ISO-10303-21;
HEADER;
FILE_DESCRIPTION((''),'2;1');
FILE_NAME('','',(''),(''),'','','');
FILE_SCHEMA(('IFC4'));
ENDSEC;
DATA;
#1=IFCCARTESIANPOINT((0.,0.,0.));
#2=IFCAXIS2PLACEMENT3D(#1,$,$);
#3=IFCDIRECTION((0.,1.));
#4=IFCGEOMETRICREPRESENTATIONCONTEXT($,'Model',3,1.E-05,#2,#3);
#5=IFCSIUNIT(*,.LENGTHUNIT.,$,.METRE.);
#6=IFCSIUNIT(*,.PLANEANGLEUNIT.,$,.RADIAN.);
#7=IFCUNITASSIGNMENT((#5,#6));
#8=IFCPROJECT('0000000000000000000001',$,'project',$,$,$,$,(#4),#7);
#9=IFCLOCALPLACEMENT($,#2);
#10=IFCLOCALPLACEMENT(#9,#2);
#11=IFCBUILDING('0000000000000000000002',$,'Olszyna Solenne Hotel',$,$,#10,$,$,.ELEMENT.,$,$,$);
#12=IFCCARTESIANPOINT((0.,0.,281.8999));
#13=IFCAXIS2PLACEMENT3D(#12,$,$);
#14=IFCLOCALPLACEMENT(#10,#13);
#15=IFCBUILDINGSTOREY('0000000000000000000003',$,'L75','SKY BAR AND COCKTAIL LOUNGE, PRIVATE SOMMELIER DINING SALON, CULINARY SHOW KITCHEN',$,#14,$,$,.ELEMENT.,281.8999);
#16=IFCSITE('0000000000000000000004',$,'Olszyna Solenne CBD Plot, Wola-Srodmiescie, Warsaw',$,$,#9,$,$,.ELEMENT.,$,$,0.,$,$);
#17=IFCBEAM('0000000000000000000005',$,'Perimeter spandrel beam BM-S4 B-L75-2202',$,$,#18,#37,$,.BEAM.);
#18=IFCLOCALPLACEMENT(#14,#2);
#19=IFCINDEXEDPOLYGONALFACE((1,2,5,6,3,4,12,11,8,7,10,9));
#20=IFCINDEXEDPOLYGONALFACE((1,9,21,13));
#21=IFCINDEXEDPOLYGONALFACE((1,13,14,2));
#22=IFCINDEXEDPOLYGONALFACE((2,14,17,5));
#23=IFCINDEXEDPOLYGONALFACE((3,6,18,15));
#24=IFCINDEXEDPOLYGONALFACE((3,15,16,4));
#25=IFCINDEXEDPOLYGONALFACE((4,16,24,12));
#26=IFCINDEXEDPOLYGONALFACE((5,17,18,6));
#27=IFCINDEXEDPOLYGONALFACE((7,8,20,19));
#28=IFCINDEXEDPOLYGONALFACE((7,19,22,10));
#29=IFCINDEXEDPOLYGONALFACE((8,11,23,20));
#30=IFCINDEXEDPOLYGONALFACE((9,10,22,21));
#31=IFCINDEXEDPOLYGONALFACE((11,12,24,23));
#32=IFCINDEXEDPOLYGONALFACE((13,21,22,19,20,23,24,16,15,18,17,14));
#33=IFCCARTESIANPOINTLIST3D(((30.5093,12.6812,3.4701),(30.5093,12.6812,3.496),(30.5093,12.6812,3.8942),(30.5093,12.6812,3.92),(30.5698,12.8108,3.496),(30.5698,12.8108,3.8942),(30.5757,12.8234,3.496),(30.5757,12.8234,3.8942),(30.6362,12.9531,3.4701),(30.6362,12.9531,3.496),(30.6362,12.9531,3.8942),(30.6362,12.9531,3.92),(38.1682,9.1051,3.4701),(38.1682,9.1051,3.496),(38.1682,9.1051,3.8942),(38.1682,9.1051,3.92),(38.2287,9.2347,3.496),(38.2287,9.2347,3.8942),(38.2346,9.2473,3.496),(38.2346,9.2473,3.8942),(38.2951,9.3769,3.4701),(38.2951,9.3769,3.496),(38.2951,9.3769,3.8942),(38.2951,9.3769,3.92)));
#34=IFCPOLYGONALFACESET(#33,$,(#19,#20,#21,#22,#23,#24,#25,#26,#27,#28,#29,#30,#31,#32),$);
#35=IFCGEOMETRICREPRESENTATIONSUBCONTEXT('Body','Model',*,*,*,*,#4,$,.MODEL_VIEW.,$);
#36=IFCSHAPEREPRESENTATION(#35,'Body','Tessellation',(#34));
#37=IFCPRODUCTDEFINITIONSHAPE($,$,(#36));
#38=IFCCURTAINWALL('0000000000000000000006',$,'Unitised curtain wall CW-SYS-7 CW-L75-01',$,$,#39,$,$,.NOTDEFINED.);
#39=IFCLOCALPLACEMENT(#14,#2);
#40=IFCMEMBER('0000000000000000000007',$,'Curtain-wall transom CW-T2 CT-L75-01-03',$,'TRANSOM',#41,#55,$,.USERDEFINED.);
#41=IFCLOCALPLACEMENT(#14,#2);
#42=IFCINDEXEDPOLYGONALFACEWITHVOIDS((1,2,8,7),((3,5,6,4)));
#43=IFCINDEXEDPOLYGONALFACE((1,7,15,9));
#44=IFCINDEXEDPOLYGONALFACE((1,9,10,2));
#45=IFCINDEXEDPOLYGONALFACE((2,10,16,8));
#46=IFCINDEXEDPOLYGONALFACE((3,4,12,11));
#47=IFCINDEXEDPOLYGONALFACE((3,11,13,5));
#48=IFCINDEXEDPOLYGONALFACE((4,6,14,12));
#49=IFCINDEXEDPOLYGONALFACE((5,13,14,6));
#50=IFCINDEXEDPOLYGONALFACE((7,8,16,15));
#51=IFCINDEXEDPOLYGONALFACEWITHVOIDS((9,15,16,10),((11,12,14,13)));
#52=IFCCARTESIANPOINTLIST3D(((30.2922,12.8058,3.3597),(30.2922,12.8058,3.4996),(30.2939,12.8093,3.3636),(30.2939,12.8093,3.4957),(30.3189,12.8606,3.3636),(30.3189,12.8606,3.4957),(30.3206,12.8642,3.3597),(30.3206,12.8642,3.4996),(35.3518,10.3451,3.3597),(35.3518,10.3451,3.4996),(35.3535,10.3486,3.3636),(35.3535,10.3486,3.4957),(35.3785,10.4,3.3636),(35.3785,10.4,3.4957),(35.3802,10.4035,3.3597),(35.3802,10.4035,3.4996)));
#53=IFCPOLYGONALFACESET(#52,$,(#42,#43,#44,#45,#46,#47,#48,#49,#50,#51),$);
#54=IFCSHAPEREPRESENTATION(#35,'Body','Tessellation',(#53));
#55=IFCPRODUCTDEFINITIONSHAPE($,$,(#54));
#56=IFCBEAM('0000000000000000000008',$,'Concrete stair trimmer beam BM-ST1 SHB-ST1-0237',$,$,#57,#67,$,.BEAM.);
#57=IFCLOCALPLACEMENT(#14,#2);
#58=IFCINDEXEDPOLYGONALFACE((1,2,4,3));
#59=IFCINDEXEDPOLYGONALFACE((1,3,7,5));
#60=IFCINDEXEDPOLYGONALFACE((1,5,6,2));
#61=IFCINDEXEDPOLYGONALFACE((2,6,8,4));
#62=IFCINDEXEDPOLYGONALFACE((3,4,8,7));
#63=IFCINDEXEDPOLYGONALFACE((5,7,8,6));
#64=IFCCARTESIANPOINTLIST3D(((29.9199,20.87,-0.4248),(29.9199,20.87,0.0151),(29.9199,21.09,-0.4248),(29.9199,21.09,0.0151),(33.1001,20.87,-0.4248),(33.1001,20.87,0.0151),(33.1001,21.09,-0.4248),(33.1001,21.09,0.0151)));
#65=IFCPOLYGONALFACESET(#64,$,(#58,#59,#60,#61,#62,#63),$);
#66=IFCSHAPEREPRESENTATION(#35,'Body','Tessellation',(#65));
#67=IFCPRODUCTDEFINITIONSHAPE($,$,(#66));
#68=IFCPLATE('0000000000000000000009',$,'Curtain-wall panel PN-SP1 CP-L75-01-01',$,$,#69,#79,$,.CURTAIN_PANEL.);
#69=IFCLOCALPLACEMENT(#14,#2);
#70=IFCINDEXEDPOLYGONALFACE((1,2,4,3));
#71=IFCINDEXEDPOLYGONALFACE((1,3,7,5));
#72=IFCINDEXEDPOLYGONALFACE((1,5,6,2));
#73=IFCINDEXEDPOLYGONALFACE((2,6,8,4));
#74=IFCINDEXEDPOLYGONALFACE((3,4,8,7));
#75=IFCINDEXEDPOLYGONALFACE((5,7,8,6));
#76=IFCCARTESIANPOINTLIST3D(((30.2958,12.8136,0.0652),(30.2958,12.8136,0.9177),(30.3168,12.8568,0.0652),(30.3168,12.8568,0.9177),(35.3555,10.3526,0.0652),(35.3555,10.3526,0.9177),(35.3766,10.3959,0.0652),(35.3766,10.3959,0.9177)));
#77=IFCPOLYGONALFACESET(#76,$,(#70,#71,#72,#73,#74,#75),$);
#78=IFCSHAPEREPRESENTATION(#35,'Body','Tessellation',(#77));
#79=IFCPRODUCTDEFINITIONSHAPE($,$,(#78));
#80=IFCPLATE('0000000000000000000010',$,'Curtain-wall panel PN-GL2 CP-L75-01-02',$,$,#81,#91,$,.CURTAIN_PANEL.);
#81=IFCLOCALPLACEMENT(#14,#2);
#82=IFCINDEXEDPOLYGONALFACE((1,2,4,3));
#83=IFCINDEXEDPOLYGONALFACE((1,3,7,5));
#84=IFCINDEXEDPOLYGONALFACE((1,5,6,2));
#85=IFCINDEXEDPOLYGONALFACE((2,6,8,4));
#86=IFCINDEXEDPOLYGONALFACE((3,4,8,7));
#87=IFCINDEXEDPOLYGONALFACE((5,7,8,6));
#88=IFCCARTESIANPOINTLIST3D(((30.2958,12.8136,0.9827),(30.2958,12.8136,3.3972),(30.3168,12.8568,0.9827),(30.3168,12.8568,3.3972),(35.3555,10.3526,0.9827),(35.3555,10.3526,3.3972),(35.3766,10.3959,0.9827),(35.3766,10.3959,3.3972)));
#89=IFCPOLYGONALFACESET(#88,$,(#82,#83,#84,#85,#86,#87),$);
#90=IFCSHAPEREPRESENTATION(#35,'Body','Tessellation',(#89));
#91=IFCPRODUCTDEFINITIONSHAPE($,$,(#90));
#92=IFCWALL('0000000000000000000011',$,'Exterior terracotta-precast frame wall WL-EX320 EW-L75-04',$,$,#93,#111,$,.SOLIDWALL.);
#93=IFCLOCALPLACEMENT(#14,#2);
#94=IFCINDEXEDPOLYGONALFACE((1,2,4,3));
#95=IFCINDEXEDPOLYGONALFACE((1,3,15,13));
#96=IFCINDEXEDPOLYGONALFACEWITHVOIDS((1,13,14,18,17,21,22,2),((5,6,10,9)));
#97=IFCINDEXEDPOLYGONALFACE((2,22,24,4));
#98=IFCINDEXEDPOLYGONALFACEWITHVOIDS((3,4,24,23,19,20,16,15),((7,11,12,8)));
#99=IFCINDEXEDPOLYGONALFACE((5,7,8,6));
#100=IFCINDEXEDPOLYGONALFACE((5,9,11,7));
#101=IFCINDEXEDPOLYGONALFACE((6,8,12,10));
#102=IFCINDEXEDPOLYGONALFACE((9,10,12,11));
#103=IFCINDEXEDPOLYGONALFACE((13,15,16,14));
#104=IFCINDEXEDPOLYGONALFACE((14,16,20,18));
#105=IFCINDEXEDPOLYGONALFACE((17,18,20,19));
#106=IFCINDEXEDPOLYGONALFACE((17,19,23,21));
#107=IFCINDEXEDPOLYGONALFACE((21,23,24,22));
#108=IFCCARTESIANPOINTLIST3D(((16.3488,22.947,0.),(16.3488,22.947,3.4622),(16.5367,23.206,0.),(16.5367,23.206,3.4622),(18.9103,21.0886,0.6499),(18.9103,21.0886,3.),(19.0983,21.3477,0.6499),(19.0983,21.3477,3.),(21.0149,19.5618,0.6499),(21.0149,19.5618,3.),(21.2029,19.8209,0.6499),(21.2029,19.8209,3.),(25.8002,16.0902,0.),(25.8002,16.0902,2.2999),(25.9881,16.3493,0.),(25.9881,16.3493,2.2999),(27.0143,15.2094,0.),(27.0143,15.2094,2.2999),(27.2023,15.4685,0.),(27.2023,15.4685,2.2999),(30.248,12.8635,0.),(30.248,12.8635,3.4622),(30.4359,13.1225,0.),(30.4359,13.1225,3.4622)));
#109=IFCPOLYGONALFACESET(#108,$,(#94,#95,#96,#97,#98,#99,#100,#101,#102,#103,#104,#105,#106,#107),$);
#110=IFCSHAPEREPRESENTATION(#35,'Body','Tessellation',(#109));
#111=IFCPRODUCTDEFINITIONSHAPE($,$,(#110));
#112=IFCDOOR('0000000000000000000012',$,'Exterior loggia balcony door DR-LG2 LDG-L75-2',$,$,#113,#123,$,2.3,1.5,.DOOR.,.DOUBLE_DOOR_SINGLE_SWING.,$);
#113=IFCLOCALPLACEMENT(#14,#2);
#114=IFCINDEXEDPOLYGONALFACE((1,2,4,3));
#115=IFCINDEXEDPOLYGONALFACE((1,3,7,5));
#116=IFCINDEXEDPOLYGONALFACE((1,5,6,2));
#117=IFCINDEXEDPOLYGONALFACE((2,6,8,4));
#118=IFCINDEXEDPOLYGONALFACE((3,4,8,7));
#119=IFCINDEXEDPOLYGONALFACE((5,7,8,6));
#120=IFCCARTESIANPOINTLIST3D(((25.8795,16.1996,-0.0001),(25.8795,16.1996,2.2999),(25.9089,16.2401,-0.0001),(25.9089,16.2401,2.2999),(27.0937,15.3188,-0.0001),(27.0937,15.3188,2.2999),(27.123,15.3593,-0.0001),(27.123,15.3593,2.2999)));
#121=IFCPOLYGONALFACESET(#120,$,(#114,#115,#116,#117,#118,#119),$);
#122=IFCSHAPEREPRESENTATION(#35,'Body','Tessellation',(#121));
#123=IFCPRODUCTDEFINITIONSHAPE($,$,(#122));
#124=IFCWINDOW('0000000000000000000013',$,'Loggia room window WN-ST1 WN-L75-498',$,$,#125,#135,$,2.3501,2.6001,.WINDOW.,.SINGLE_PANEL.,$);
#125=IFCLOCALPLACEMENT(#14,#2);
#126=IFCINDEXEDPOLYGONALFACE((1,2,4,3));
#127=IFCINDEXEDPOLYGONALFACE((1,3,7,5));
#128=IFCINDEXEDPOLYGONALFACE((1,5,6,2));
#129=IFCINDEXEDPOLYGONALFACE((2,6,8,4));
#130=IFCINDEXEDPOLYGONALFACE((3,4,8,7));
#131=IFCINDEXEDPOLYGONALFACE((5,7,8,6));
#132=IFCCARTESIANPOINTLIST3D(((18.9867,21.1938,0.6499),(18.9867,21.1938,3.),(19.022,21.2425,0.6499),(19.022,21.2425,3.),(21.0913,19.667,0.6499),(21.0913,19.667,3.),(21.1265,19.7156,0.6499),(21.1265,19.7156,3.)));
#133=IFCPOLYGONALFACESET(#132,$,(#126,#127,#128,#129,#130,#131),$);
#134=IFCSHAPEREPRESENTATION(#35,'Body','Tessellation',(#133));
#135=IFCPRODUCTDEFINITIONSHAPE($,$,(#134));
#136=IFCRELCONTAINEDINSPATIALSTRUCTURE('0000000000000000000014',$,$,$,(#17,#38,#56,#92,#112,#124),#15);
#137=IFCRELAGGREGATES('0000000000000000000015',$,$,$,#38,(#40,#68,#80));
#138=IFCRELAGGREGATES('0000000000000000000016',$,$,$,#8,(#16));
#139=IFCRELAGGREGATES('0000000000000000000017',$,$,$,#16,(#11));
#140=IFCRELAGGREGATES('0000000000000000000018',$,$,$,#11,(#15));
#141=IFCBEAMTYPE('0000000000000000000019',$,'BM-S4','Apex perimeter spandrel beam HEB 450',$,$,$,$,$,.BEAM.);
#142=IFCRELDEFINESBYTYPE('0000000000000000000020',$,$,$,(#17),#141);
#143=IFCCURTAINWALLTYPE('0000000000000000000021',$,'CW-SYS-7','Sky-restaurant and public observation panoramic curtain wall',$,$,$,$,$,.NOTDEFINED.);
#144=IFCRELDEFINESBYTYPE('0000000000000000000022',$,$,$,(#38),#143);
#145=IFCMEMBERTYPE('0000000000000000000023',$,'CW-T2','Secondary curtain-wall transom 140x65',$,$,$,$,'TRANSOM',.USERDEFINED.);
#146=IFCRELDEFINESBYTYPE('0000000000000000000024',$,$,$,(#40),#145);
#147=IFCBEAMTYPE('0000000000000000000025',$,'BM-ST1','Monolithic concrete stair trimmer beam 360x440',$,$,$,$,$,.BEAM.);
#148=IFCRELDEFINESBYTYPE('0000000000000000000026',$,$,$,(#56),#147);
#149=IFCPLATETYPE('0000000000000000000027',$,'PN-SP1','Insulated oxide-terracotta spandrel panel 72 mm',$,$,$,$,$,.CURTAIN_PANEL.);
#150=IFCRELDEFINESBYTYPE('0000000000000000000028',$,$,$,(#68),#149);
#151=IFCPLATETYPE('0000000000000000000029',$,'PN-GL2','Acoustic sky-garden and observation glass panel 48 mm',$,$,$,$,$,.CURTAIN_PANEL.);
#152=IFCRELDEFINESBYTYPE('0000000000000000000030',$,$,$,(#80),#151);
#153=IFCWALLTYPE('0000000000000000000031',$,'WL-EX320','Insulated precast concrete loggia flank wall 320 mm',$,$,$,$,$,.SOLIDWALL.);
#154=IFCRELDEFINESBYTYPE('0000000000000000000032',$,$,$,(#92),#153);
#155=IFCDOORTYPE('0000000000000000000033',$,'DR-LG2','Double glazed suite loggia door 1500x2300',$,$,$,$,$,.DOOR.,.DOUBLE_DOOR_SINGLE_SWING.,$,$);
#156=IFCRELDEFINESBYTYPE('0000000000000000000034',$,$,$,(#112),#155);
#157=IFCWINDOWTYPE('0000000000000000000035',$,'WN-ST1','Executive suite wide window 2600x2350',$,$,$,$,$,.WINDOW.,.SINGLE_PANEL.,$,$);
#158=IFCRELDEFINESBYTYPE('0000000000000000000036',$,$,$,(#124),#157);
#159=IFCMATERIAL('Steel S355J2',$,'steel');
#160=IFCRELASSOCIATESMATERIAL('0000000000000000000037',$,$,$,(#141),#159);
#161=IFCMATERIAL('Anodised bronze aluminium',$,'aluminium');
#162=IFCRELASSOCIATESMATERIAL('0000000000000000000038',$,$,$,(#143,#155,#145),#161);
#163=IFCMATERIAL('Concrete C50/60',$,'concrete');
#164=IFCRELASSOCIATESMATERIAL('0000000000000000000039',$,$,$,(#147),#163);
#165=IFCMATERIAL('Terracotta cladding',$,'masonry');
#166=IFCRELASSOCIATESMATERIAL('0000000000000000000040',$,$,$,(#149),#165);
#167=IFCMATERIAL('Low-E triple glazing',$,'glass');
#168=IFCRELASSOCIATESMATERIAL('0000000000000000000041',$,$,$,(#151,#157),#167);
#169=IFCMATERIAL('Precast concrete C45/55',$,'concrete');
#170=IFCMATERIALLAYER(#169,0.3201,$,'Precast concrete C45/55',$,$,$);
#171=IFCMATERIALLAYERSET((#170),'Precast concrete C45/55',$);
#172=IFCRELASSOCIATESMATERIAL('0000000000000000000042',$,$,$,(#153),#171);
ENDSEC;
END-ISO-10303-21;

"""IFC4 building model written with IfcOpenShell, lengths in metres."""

from ifc_helpers import new_model, si_unit, direction, frame, frame_2d, origin, origin_2d, place, context, subcontext, project, spatial, rectangle, hollow_rectangle, i_section, extrude, source, transform, mapped, material, layer, layer_set, material_profile, profile_set, type_object, type_shapes, element, fill, aggregate, save


model = new_model("IFC4")

# Units and contexts
model_context = context("Model", 3, precision=1e-05, world=origin(), true_north=direction((0.0, 1.0)))
body_context = subcontext(model_context, "Body", "Model", "MODEL_VIEW")
ifc_project = project(units=[si_unit("LENGTHUNIT", "METRE"), si_unit("PLANEANGLEUNIT", "RADIAN")], contexts=[model_context])

# Site, building, storey
site_placement = place(None, origin())
site = spatial("IfcSite", under=ifc_project, at=site_placement, Name="Olszyna Solenne CBD Plot, Wola-Srodmiescie, Warsaw", CompositionType="ELEMENT", RefElevation=0.0)
building_placement = place(site_placement, origin())
building = spatial("IfcBuilding", under=site, at=building_placement, Name="Olszyna Solenne Hotel", CompositionType="ELEMENT")
storey_placement = place(building_placement, frame((0.0, 0.0, 281.8999)))
storey = spatial("IfcBuildingStorey", under=building, at=storey_placement, Name="L75", Description="SKY BAR AND COCKTAIL LOUNGE, PRIVATE SOMMELIER DINING SALON, CULINARY SHOW KITCHEN", CompositionType="ELEMENT", Elevation=281.8999)

# Beam
ifc_material_1 = material(Name="Steel S355J2", Category="steel")
ifc_material_profile_1 = material_profile(ifc_material_1, i_section(OverallWidth=0.3, OverallDepth=0.45, WebThickness=0.0139, FlangeThickness=0.0259, at=origin_2d()), Name="HEB 450", Category="load-bearing")
ifc_profile_set_1 = profile_set([ifc_material_profile_1], Name="Steel S355J2")
beam_type_1 = type_object("IfcBeamType", Name="BM-S4", Description="Apex perimeter spandrel beam HEB 450", PredefinedType="BEAM", material=ifc_profile_set_1)
shared_shape_1 = source(origin(), body_context, "Body", "SweptSolid", [
    extrude(i_section(OverallWidth=0.3, OverallDepth=0.45, WebThickness=0.0139, FlangeThickness=0.0259, at=origin_2d()), origin(), (0.0, 0.0, 1.0), 8.4526),
])
beam_1_placement = place(storey_placement, frame((30.5728, 12.8171, 3.6951), z_axis=(0.906092, -0.42308, 0.0), x_axis=(0.42308, 0.906092, 0.0)))
element("IfcBeam", 1, at=beam_1_placement, inside=storey, type_object=beam_type_1, Name="Perimeter spandrel beam BM-S4 B-L75-2202", PredefinedType="BEAM", context=body_context, shape_type="MappedRepresentation", body=[
    mapped(shared_shape_1, transform((0.0, 0.0, 0.0), x_axis=(1.0, 0.0, 0.0), y_axis=(0.0, 1.0, 0.0), z_axis=(0.0, 0.0, 1.0), scale=1.0)),
])

# Curtain wall, member
ifc_material_2 = material(Name="Anodised bronze aluminium", Category="aluminium")
curtain_wall_type = type_object("IfcCurtainWallType", Name="CW-SYS-7", Description="Sky-restaurant and public observation panoramic curtain wall", PredefinedType="NOTDEFINED", material=ifc_material_2)
curtain_wall_placement = place(storey_placement, origin())
curtain_wall = element("IfcCurtainWall", 2, at=curtain_wall_placement, inside=storey, type_object=curtain_wall_type, Name="Unitised curtain wall CW-SYS-7 CW-L75-01", PredefinedType="NOTDEFINED")
ifc_material_profile_2 = material_profile(ifc_material_2, hollow_rectangle(XDim=0.0649, YDim=0.1399, WallThickness=0.0039, at=origin_2d()), Name="TRAN 140x65x4", Category="load-bearing")
ifc_profile_set_2 = profile_set([ifc_material_profile_2], Name="Anodised bronze aluminium")
member_type = type_object("IfcMemberType", Name="CW-T2", Description="Secondary curtain-wall transom 140x65", ElementType="TRANSOM", PredefinedType="USERDEFINED", material=ifc_profile_set_2)
shared_shape_2 = source(origin(), body_context, "Body", "SweptSolid", [
    extrude(hollow_rectangle(XDim=0.0649, YDim=0.1399, WallThickness=0.0039, at=origin_2d()), origin(), (0.0, 0.0, 1.0), 5.6262),
])
member_placement = place(storey_placement, frame((30.3064, 12.835, 3.4297), z_axis=(0.899285, -0.437362, 0.0), x_axis=(0.437362, 0.899285, 0.0)))
member = element("IfcMember", 3, at=member_placement, type_object=member_type, Name="Curtain-wall transom CW-T2 CT-L75-01-03", ObjectType="TRANSOM", PredefinedType="USERDEFINED", context=body_context, shape_type="MappedRepresentation", body=[
    mapped(shared_shape_2, transform((0.0, 0.0, 0.0), x_axis=(1.0, 0.0, 0.0), y_axis=(0.0, 1.0, 0.0), z_axis=(0.0, 0.0, 1.0), scale=1.0)),
])

# Beam
ifc_material_3 = material(Name="Concrete C50/60", Category="concrete")
ifc_material_profile_3 = material_profile(ifc_material_3, rectangle(XDim=0.22, YDim=0.4399, at=origin_2d()), Name="RC 220x440", Category="load-bearing")
ifc_profile_set_3 = profile_set([ifc_material_profile_3], Name="Concrete C50/60")
beam_type_2 = type_object("IfcBeamType", Name="BM-ST1", Description="Monolithic concrete stair trimmer beam 360x440", PredefinedType="BEAM", material=ifc_profile_set_3)
shared_shape_3 = source(origin(), body_context, "Body", "SweptSolid", [
    extrude(rectangle(XDim=0.22, YDim=0.4399, at=origin_2d()), origin(), (0.0, 0.0, 1.0), 3.1802),
])
beam_2_placement = place(storey_placement, frame((33.1001, 20.98, -0.2048), z_axis=(-1.0, 0.0, 0.0), x_axis=(0.0, -1.0, 0.0)))
element("IfcBeam", 4, at=beam_2_placement, inside=storey, type_object=beam_type_2, Name="Concrete stair trimmer beam BM-ST1 SHB-ST1-0237", PredefinedType="BEAM", context=body_context, shape_type="MappedRepresentation", body=[
    mapped(shared_shape_3, transform((0.0, 0.0, 0.0), x_axis=(1.0, 0.0, 0.0), y_axis=(0.0, 1.0, 0.0), z_axis=(0.0, 0.0, 1.0), scale=1.0)),
])

# Plates
ifc_material_4 = material(Name="Terracotta cladding", Category="masonry")
plate_type_1 = type_object("IfcPlateType", Name="PN-SP1", Description="Insulated oxide-terracotta spandrel panel 72 mm", PredefinedType="CURTAIN_PANEL", material=ifc_material_4)
shared_shape_4 = source(origin(), body_context, "Body", "SweptSolid", [
    extrude(rectangle(XDim=5.6265, YDim=0.0481, at=origin_2d()), origin(), (0.0, 0.0, 1.0), 0.8525),
])
plate_1_placement = place(storey_placement, frame((32.8362, 11.6047, 0.0652), z_axis=(0.0, 0.0, 1.0), x_axis=(0.899273, -0.437387, 0.0)))
plate_1 = element("IfcPlate", 5, at=plate_1_placement, type_object=plate_type_1, Name="Curtain-wall panel PN-SP1 CP-L75-01-01", PredefinedType="CURTAIN_PANEL", context=body_context, shape_type="MappedRepresentation", body=[
    mapped(shared_shape_4, transform((0.0, 0.0, 0.0), x_axis=(1.0, 0.0, 0.0), y_axis=(0.0, 1.0, 0.0), z_axis=(0.0, 0.0, 1.0), scale=1.0)),
])
ifc_material_5 = material(Name="Low-E triple glazing", Category="glass")
plate_type_2 = type_object("IfcPlateType", Name="PN-GL2", Description="Acoustic sky-garden and observation glass panel 48 mm", PredefinedType="CURTAIN_PANEL", material=ifc_material_5)
shared_shape_5 = source(origin(), body_context, "Body", "SweptSolid", [
    extrude(rectangle(XDim=5.6265, YDim=0.0481, at=origin_2d()), origin(), (0.0, 0.0, 1.0), 2.4146),
])
plate_2_placement = place(storey_placement, frame((32.8362, 11.6047, 0.9827), z_axis=(0.0, 0.0, 1.0), x_axis=(0.899273, -0.437387, 0.0)))
plate_2 = element("IfcPlate", 6, at=plate_2_placement, type_object=plate_type_2, Name="Curtain-wall panel PN-GL2 CP-L75-01-02", PredefinedType="CURTAIN_PANEL", context=body_context, shape_type="MappedRepresentation", body=[
    mapped(shared_shape_5, transform((0.0, 0.0, 0.0), x_axis=(1.0, 0.0, 0.0), y_axis=(0.0, 1.0, 0.0), z_axis=(0.0, 0.0, 1.0), scale=1.0)),
])
aggregate(curtain_wall, [member, plate_1, plate_2])

# Wall, openings, door, window
ifc_material_6 = material(Name="Precast concrete C45/55", Category="concrete")
ifc_layer_1 = layer(ifc_material_6, 0.3201, Name="Precast concrete C45/55")
ifc_layer_set_1 = layer_set([ifc_layer_1], Name="Precast concrete C45/55")
wall_type_1 = type_object("IfcWallType", Name="WL-EX320", Description="Insulated precast concrete loggia flank wall 320 mm", PredefinedType="SOLIDWALL", material=ifc_layer_set_1)
wall_1_placement = place(storey_placement, frame((30.342, 12.9929, 0.0), z_axis=(0.0, 0.0, 1.0), x_axis=(-0.809428, 0.587219, 0.0)))
wall_1 = element("IfcWall", 7, at=wall_1_placement, inside=storey, type_object=wall_type_1, Name="Exterior terracotta-precast frame wall WL-EX320 EW-L75-04", PredefinedType="SOLIDWALL", context=body_context, shape_type="SweptSolid", body=[
    extrude(rectangle(XDim=17.1716, YDim=0.3201, at=frame_2d((8.5859, 0.0))), origin(), (0.0, 0.0, 1.0), 3.4622),
])
opening_1_placement = place(wall_1_placement, frame((3.9951, 0.0, 0.0)))
opening_1 = element("IfcOpeningElement", 8, at=opening_1_placement, cuts=wall_1, PredefinedType="OPENING", context=body_context, shape_type="SweptSolid", body=[
    extrude(rectangle(XDim=1.5, YDim=2.3, at=frame_2d((0.75, 1.1499))), frame((0.0, 0.1699, 0.0), z_axis=(0.0, -1.0, 0.0), x_axis=(1.0, 0.0, 0.0)), (0.0, 0.0, 1.0), 0.3401),
])
opening_2_placement = place(wall_1_placement, frame((11.407, 0.0, 0.6499)))
opening_2 = element("IfcOpeningElement", 9, at=opening_2_placement, cuts=wall_1, PredefinedType="OPENING", context=body_context, shape_type="SweptSolid", body=[
    extrude(rectangle(XDim=2.6001, YDim=2.3501, at=frame_2d((1.3, 1.175))), frame((0.0, 0.1699, 0.0), z_axis=(0.0, -1.0, 0.0), x_axis=(1.0, 0.0, 0.0)), (0.0, 0.0, 1.0), 0.3401),
])
door_type_1 = type_object("IfcDoorType", Name="DR-LG2", Description="Double glazed suite loggia door 1500x2300", OperationType="DOUBLE_DOOR_SINGLE_SWING", PredefinedType="DOOR", material=ifc_material_2)
shared_shape_6 = source(origin(), body_context, "Body", "SweptSolid", [
    extrude(rectangle(XDim=1.5, YDim=2.3, at=frame_2d((0.75, 1.1499))), frame((0.0, 0.0249, 0.0), z_axis=(0.0, -1.0, 0.0), x_axis=(1.0, 0.0, 0.0)), (0.0, 0.0, 1.0), 0.05),
])
type_shapes(door_type_1, [shared_shape_6])
door_1_placement = place(opening_1_placement, origin())
door_1 = element("IfcDoor", 10, at=door_1_placement, inside=storey, type_object=door_type_1, Name="Exterior loggia balcony door DR-LG2 LDG-L75-2", OperationType="DOUBLE_DOOR_SINGLE_SWING", OverallHeight=2.3, OverallWidth=1.5, PredefinedType="DOOR", context=body_context, shape_type="MappedRepresentation", body=[
    mapped(shared_shape_6, transform((0.0, 0.0, 0.0), x_axis=(1.0, 0.0, 0.0), y_axis=(0.0, 1.0, 0.0), z_axis=(0.0, 0.0, 1.0), scale=1.0)),
])
fill(opening_1, door_1)
window_type = type_object("IfcWindowType", Name="WN-ST1", Description="Executive suite wide window 2600x2350", PartitioningType="SINGLE_PANEL", PredefinedType="WINDOW", material=ifc_material_5)
shared_shape_7 = source(origin(), body_context, "Body", "SweptSolid", [
    extrude(rectangle(XDim=2.6001, YDim=2.3501, at=frame_2d((1.3, 1.175))), frame((0.0, 0.03, 0.0), z_axis=(0.0, -1.0, 0.0), x_axis=(1.0, 0.0, 0.0)), (0.0, 0.0, 1.0), 0.0601),
])
type_shapes(window_type, [shared_shape_7])
window_placement = place(opening_2_placement, origin())
window = element("IfcWindow", 11, at=window_placement, inside=storey, type_object=window_type, Name="Loggia room window WN-ST1 WN-L75-498", OverallHeight=2.3501, OverallWidth=2.6001, PartitioningType="SINGLE_PANEL", PredefinedType="WINDOW", context=body_context, shape_type="MappedRepresentation", body=[
    mapped(shared_shape_7, transform((0.0, 0.0, 0.0), x_axis=(1.0, 0.0, 0.0), y_axis=(0.0, 1.0, 0.0), z_axis=(0.0, 0.0, 1.0), scale=1.0)),
])
fill(opening_2, window)

save(model, "model.ifc")
